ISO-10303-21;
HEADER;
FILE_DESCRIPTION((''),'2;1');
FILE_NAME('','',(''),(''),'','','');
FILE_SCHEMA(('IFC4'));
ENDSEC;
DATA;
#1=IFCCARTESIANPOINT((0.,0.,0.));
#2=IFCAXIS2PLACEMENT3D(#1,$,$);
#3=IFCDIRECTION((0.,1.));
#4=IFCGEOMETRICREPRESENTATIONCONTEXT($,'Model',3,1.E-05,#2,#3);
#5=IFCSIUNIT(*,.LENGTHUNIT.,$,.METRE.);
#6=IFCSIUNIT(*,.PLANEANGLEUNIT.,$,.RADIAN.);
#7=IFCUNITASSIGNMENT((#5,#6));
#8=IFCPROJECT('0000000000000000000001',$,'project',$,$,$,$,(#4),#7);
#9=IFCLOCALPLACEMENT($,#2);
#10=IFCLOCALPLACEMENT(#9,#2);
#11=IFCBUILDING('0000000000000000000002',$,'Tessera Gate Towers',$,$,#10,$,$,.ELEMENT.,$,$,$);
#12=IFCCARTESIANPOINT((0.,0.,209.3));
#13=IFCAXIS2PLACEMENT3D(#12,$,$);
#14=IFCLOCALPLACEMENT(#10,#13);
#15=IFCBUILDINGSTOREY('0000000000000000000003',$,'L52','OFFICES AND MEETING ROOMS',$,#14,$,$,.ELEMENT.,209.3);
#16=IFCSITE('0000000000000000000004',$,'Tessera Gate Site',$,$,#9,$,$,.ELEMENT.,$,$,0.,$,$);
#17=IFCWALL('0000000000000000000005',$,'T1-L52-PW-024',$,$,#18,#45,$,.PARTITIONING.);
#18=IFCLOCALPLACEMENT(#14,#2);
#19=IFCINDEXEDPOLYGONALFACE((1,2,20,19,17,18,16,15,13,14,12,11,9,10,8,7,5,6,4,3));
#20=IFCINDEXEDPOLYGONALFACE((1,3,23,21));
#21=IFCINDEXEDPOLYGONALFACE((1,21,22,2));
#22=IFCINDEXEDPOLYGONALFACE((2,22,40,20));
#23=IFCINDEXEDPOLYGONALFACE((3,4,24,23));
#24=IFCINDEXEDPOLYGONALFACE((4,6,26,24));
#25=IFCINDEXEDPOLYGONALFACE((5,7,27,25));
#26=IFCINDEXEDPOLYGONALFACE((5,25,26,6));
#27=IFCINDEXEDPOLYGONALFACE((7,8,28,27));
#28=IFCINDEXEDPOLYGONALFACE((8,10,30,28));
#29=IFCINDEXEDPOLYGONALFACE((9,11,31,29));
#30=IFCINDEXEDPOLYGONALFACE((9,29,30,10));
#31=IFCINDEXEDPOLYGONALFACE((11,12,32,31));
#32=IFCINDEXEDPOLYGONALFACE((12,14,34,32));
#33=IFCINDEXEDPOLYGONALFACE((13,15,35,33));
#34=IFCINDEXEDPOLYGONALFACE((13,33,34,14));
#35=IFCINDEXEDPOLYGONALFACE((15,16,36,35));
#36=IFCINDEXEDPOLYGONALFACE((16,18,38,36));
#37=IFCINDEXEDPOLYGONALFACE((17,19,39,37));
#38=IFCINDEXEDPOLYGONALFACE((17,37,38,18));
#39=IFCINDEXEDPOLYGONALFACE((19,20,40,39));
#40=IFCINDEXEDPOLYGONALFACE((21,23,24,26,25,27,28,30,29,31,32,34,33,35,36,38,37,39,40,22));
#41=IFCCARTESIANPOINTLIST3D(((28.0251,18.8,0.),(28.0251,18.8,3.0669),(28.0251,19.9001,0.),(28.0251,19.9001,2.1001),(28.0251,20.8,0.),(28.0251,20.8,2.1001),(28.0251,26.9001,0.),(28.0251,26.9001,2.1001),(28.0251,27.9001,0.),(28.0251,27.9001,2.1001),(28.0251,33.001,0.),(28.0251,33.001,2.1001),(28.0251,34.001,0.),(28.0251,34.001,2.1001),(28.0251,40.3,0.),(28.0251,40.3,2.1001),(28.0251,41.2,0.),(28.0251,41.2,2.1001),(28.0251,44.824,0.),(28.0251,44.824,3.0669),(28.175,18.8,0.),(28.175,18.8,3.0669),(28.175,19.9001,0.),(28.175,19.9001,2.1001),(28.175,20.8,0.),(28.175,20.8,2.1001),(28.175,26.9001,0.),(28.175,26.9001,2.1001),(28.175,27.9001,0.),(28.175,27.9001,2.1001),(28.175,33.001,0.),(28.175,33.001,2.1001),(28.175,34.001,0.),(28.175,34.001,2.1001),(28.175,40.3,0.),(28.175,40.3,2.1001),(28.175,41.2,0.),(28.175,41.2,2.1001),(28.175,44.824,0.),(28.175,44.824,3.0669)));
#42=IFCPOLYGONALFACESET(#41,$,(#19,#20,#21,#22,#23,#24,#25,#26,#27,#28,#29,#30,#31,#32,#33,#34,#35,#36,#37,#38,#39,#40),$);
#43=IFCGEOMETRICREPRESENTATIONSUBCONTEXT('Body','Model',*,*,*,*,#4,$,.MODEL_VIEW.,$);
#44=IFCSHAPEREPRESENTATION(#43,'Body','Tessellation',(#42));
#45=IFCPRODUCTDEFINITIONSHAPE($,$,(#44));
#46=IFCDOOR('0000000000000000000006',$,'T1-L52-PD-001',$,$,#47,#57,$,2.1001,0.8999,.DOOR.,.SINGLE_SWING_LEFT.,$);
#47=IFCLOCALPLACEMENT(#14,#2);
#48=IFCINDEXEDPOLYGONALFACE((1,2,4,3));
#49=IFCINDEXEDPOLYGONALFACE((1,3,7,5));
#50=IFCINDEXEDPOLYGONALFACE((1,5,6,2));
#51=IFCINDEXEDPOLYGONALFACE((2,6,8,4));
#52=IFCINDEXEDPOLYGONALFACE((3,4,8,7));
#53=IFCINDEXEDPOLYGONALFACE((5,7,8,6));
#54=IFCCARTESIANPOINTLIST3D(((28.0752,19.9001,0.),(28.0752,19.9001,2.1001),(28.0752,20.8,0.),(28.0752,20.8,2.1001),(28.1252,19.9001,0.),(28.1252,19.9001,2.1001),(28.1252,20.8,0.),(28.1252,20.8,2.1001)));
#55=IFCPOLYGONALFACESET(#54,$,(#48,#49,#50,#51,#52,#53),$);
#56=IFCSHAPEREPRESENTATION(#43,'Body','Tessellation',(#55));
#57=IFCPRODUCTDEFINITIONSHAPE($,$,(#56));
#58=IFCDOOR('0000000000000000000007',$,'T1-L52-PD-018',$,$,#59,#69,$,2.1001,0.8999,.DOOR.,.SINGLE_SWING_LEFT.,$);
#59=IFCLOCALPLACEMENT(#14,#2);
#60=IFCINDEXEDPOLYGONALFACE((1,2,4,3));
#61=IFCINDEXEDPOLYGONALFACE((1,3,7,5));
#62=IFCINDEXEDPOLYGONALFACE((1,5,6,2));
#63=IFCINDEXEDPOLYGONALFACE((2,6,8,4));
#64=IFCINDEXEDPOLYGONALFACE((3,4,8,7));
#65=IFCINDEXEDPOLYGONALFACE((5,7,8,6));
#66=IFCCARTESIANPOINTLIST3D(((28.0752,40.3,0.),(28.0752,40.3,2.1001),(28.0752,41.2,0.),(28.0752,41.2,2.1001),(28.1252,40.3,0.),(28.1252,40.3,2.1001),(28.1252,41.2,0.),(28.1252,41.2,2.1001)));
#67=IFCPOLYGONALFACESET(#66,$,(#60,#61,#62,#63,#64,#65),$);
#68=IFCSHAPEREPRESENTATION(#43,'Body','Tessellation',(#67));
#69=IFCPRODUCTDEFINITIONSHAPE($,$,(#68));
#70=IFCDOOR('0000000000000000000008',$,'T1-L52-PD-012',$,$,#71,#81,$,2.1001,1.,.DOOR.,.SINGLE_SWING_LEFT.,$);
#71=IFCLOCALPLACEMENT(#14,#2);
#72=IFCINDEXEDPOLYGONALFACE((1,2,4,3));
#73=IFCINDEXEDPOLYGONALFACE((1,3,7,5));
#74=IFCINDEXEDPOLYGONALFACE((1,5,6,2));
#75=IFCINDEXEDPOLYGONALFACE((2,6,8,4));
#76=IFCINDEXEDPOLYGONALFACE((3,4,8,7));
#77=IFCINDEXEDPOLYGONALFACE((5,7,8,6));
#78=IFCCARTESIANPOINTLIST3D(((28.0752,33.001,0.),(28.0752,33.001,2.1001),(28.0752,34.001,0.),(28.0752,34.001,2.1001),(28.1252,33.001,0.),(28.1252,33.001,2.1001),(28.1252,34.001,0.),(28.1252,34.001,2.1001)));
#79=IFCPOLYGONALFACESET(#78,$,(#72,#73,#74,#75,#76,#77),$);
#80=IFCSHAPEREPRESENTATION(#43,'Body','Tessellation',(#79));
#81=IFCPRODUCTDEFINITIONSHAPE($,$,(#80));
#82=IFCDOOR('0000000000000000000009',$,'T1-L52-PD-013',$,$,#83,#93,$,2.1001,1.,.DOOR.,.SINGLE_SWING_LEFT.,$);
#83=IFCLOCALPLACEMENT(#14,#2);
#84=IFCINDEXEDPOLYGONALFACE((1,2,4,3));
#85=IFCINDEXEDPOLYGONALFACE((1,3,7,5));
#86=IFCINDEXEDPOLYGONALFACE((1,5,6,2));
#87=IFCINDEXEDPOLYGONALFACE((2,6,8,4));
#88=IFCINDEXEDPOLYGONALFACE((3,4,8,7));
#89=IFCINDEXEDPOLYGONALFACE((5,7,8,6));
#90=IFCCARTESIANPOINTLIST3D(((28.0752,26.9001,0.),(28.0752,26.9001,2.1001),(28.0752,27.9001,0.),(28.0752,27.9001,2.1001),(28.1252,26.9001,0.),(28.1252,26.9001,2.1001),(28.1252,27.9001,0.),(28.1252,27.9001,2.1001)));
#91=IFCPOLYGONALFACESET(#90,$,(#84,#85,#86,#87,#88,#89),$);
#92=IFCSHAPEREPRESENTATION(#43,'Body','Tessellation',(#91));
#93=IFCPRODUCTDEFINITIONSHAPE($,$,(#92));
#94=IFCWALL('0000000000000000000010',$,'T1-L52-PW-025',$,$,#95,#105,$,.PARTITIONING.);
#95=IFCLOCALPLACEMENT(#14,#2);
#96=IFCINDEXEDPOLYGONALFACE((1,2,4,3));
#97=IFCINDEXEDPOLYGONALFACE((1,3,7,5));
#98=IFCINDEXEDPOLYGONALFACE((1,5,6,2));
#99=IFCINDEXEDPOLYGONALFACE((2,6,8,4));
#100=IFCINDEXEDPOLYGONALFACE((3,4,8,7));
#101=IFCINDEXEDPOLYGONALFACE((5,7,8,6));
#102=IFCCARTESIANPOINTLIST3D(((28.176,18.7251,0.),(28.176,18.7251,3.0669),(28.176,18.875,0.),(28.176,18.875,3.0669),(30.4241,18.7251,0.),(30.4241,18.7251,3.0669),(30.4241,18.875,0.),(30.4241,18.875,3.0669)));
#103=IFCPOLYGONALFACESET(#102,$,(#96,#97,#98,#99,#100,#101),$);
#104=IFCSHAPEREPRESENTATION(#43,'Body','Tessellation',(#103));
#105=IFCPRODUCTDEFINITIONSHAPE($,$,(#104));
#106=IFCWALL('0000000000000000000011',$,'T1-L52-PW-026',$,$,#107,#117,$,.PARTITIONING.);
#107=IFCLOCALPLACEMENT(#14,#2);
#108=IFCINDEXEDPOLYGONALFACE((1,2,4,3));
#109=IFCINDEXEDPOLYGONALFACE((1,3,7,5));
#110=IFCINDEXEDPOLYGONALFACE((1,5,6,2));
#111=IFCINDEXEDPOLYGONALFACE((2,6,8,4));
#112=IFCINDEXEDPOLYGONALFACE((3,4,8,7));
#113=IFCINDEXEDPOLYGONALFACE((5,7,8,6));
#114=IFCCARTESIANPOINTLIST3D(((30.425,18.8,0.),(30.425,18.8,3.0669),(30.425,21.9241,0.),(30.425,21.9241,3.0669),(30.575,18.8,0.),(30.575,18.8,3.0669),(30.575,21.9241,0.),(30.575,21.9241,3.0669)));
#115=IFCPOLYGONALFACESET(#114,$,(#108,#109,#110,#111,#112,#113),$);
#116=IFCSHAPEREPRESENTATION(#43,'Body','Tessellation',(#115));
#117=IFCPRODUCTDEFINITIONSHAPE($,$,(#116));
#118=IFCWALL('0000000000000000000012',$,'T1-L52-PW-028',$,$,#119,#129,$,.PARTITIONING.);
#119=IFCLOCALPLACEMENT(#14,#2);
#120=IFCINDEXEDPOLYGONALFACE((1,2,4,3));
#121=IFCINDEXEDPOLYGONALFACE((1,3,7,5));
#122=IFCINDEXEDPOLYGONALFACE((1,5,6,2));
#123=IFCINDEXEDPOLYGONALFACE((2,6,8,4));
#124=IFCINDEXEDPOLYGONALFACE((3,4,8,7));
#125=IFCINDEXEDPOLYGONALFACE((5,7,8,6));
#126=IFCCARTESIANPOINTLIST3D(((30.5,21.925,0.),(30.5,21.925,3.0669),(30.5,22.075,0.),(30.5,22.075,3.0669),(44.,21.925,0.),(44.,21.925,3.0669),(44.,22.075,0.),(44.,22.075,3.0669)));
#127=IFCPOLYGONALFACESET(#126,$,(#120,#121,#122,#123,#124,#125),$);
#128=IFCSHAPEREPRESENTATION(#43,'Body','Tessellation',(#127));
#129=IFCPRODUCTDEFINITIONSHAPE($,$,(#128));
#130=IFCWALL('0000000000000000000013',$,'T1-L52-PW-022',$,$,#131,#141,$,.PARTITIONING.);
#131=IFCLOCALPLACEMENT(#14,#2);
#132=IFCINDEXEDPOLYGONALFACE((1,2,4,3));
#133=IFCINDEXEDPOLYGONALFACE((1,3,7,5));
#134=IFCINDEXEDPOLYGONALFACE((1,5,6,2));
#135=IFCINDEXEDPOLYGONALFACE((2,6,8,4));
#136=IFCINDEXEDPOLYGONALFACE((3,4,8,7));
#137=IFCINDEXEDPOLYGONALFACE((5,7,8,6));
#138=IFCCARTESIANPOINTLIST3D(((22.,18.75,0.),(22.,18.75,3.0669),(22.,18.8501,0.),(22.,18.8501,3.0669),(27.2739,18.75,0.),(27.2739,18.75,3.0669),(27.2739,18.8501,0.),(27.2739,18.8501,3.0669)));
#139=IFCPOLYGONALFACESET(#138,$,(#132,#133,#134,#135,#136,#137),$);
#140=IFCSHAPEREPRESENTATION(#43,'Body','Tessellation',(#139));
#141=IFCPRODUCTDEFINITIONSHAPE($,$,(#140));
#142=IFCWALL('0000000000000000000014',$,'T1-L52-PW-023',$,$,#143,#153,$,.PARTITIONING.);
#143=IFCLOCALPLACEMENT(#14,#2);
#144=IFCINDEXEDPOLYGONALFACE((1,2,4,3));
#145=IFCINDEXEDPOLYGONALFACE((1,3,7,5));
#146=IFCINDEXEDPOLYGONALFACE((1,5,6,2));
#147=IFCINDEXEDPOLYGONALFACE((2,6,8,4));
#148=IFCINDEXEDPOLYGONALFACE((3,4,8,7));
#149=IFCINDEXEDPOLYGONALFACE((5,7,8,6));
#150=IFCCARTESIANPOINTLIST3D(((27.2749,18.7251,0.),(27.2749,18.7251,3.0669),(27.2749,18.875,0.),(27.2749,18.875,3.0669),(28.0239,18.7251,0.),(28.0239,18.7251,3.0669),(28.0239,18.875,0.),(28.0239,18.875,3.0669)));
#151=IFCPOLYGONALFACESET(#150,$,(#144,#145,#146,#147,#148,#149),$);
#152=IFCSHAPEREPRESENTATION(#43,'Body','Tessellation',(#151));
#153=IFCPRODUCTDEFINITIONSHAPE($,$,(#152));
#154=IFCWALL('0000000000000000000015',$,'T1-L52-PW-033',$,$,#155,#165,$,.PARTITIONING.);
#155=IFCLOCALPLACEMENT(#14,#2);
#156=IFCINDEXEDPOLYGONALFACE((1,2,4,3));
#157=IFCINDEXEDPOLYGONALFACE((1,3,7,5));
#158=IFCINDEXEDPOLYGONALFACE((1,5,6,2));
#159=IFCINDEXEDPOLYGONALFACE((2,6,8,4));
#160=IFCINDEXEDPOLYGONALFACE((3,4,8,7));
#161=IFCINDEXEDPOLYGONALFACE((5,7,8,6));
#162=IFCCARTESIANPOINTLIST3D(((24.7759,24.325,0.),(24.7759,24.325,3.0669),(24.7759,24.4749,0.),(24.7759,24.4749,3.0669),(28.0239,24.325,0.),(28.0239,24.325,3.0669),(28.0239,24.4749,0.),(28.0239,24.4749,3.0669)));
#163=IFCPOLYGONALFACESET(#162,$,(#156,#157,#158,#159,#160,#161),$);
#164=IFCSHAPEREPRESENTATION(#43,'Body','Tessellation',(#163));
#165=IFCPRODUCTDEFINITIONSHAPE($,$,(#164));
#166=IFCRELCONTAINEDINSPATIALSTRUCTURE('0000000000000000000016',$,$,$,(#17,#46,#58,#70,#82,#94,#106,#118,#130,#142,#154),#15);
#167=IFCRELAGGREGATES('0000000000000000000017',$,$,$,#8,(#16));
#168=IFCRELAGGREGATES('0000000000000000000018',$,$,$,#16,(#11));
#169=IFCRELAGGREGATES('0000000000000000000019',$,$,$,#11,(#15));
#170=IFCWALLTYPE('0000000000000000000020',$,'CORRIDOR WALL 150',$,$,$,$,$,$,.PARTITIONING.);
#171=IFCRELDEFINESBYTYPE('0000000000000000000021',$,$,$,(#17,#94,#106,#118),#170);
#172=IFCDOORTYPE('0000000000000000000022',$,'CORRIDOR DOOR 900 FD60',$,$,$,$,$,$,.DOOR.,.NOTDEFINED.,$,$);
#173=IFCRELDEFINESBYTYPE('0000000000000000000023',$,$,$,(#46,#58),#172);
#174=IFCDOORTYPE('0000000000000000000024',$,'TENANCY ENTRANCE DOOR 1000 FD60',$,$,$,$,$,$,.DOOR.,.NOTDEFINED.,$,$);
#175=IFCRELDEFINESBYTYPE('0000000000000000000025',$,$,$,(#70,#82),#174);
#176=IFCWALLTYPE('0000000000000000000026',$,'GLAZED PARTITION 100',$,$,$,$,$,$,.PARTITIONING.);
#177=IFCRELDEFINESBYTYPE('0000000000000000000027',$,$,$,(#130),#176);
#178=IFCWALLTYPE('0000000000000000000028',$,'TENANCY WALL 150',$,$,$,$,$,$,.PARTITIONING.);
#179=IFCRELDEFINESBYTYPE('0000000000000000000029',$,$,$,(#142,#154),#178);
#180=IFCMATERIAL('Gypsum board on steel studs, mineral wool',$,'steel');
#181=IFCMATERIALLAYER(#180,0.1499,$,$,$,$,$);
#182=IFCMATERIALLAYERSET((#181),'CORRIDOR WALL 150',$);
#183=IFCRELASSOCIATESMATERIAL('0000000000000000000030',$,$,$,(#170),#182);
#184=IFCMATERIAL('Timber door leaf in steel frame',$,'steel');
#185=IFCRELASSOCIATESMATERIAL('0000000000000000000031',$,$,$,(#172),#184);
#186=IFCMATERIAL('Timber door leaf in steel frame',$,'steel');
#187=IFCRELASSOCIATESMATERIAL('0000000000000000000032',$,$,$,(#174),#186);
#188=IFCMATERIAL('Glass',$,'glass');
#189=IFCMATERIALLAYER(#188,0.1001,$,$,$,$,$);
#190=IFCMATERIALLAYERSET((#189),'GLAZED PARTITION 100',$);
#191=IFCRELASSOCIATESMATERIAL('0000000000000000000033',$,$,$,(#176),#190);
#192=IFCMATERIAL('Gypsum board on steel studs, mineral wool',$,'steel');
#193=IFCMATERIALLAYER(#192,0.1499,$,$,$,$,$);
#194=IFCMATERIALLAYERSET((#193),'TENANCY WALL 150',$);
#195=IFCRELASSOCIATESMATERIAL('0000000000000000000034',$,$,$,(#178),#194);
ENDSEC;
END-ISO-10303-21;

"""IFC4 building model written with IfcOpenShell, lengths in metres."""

from ifc_helpers import new_model, si_unit, direction, frame, frame_2d, origin, place, context, subcontext, project, spatial, rectangle, extrude, source, transform, mapped, material, layer, layer_set, type_object, element, fill, save


model = new_model("IFC4")

# Units and contexts
model_context = context("Model", 3, precision=1e-05, world=origin(), true_north=direction((0.0, 1.0)))
body_context = subcontext(model_context, "Body", "Model", "MODEL_VIEW")
ifc_project = project(units=[si_unit("LENGTHUNIT", "METRE"), si_unit("PLANEANGLEUNIT", "RADIAN")], contexts=[model_context])

# Site, building, storey
site_placement = place(None, origin())
site = spatial("IfcSite", under=ifc_project, at=site_placement, Name="Tessera Gate Site", CompositionType="ELEMENT", RefElevation=0.0)
building_placement = place(site_placement, origin())
building = spatial("IfcBuilding", under=site, at=building_placement, Name="Tessera Gate Towers", CompositionType="ELEMENT")
storey_placement = place(building_placement, frame((0.0, 0.0, 209.3)))
storey = spatial("IfcBuildingStorey", under=building, at=storey_placement, Name="L52", Description="OFFICES AND MEETING ROOMS", CompositionType="ELEMENT", Elevation=209.3)

# Wall, openings, doors
ifc_material_1 = material(Name="Gypsum board on steel studs, mineral wool", Category="steel")
ifc_layer_1 = layer(ifc_material_1, 0.1499)
ifc_layer_set_1 = layer_set([ifc_layer_1], Name="CORRIDOR WALL 150")
wall_type_1 = type_object("IfcWallType", Name="CORRIDOR WALL 150", PredefinedType="PARTITIONING", material=ifc_layer_set_1)
wall_1_placement = place(storey_placement, frame((28.1001, 18.8, 0.0), z_axis=(0.0, 0.0, 1.0), x_axis=(0.0, 1.0, 0.0)))
wall_1 = element("IfcWall", 1, at=wall_1_placement, inside=storey, type_object=wall_type_1, Name="T1-L52-PW-024", PredefinedType="PARTITIONING", context=body_context, shape_type="SweptSolid", body=[
    extrude(rectangle(XDim=26.0239, YDim=0.1499, at=frame_2d((13.012, 0.0))), origin(), (0.0, 0.0, 1.0), 3.0669),
])
shared_shape_1 = source(origin(), body_context, "Body", "SweptSolid", [
    extrude(rectangle(XDim=0.8999, YDim=2.1001, at=frame_2d((0.45, 1.05))), frame((0.0, 0.085, 0.0), z_axis=(0.0, -1.0, 0.0), x_axis=(1.0, 0.0, 0.0)), (0.0, 0.0, 1.0), 0.1699),
])
opening_1_placement = place(wall_1_placement, frame((1.1001, 0.0, 0.0)))
opening_1 = element("IfcOpeningElement", 2, at=opening_1_placement, cuts=wall_1, PredefinedType="OPENING", context=body_context, shape_type="MappedRepresentation", body=[
    mapped(shared_shape_1, transform((0.0, 0.0, 0.0), scale=1.0)),
])
shared_shape_2 = source(origin(), body_context, "Body", "SweptSolid", [
    extrude(rectangle(XDim=1.0, YDim=2.1001, at=frame_2d((0.5, 1.05))), frame((0.0, 0.085, 0.0), z_axis=(0.0, -1.0, 0.0), x_axis=(1.0, 0.0, 0.0)), (0.0, 0.0, 1.0), 0.1699),
])
opening_2_placement = place(wall_1_placement, frame((14.2009, 0.0, 0.0)))
opening_2 = element("IfcOpeningElement", 3, at=opening_2_placement, cuts=wall_1, PredefinedType="OPENING", context=body_context, shape_type="MappedRepresentation", body=[
    mapped(shared_shape_2, transform((0.0, 0.0, 0.0), scale=1.0)),
])
opening_3_placement = place(wall_1_placement, frame((8.1001, 0.0, 0.0)))
opening_3 = element("IfcOpeningElement", 4, at=opening_3_placement, cuts=wall_1, PredefinedType="OPENING", context=body_context, shape_type="MappedRepresentation", body=[
    mapped(shared_shape_2, transform((0.0, 0.0, 0.0), scale=1.0)),
])
opening_4_placement = place(wall_1_placement, frame((21.5, 0.0, 0.0)))
opening_4 = element("IfcOpeningElement", 5, at=opening_4_placement, cuts=wall_1, PredefinedType="OPENING", context=body_context, shape_type="MappedRepresentation", body=[
    mapped(shared_shape_1, transform((0.0, 0.0, 0.0), scale=1.0)),
])
ifc_material_2 = material(Name="Timber door leaf in steel frame", Category="steel")
door_type_1 = type_object("IfcDoorType", Name="CORRIDOR DOOR 900 FD60", OperationType="NOTDEFINED", PredefinedType="DOOR", material=ifc_material_2)
shared_shape_3 = source(origin(), body_context, "Body", "SweptSolid", [
    extrude(rectangle(XDim=0.8999, YDim=2.1001, at=frame_2d((0.45, 1.05))), frame((0.0, 0.0249, 0.0), z_axis=(0.0, -1.0, 0.0), x_axis=(1.0, 0.0, 0.0)), (0.0, 0.0, 1.0), 0.05),
])
door_1_placement = place(opening_1_placement, origin())
door_1 = element("IfcDoor", 6, at=door_1_placement, inside=storey, type_object=door_type_1, Name="T1-L52-PD-001", OperationType="SINGLE_SWING_LEFT", OverallHeight=2.1001, OverallWidth=0.8999, PredefinedType="DOOR", context=body_context, shape_type="MappedRepresentation", body=[
    mapped(shared_shape_3, transform((0.0, 0.0, 0.0), scale=1.0)),
])
fill(opening_1, door_1)
door_2_placement = place(opening_4_placement, origin())
door_2 = element("IfcDoor", 7, at=door_2_placement, inside=storey, type_object=door_type_1, Name="T1-L52-PD-018", OperationType="SINGLE_SWING_LEFT", OverallHeight=2.1001, OverallWidth=0.8999, PredefinedType="DOOR", context=body_context, shape_type="MappedRepresentation", body=[
    mapped(shared_shape_3, transform((0.0, 0.0, 0.0), scale=1.0)),
])
fill(opening_4, door_2)
ifc_material_3 = material(Name="Timber door leaf in steel frame", Category="steel")
door_type_2 = type_object("IfcDoorType", Name="TENANCY ENTRANCE DOOR 1000 FD60", OperationType="NOTDEFINED", PredefinedType="DOOR", material=ifc_material_3)
shared_shape_4 = source(origin(), body_context, "Body", "SweptSolid", [
    extrude(rectangle(XDim=1.0, YDim=2.1001, at=frame_2d((0.5, 1.05))), frame((0.0, 0.0249, 0.0), z_axis=(0.0, -1.0, 0.0), x_axis=(1.0, 0.0, 0.0)), (0.0, 0.0, 1.0), 0.05),
])
door_3_placement = place(opening_2_placement, origin())
door_3 = element("IfcDoor", 8, at=door_3_placement, inside=storey, type_object=door_type_2, Name="T1-L52-PD-012", OperationType="SINGLE_SWING_LEFT", OverallHeight=2.1001, OverallWidth=1.0, PredefinedType="DOOR", context=body_context, shape_type="MappedRepresentation", body=[
    mapped(shared_shape_4, transform((0.0, 0.0, 0.0), scale=1.0)),
])
fill(opening_2, door_3)
door_4_placement = place(opening_3_placement, origin())
door_4 = element("IfcDoor", 9, at=door_4_placement, inside=storey, type_object=door_type_2, Name="T1-L52-PD-013", OperationType="SINGLE_SWING_LEFT", OverallHeight=2.1001, OverallWidth=1.0, PredefinedType="DOOR", context=body_context, shape_type="MappedRepresentation", body=[
    mapped(shared_shape_4, transform((0.0, 0.0, 0.0), scale=1.0)),
])
fill(opening_3, door_4)

# Walls
wall_2_placement = place(storey_placement, frame((28.176, 18.8, 0.0), z_axis=(0.0, 0.0, 1.0), x_axis=(1.0, 0.0, 0.0)))
element("IfcWall", 10, at=wall_2_placement, inside=storey, type_object=wall_type_1, Name="T1-L52-PW-025", PredefinedType="PARTITIONING", context=body_context, shape_type="SweptSolid", body=[
    extrude(rectangle(XDim=2.248, YDim=0.1499, at=frame_2d((1.124, 0.0))), origin(), (0.0, 0.0, 1.0), 3.0669),
])
wall_3_placement = place(storey_placement, frame((30.5, 18.8, 0.0), z_axis=(0.0, 0.0, 1.0), x_axis=(0.0, 1.0, 0.0)))
element("IfcWall", 11, at=wall_3_placement, inside=storey, type_object=wall_type_1, Name="T1-L52-PW-026", PredefinedType="PARTITIONING", context=body_context, shape_type="SweptSolid", body=[
    extrude(rectangle(XDim=3.124, YDim=0.1499, at=frame_2d((1.562, 0.0))), origin(), (0.0, 0.0, 1.0), 3.0669),
])
wall_4_placement = place(storey_placement, frame((30.5, 22.0, 0.0), z_axis=(0.0, 0.0, 1.0), x_axis=(1.0, 0.0, 0.0)))
element("IfcWall", 12, at=wall_4_placement, inside=storey, type_object=wall_type_1, Name="T1-L52-PW-028", PredefinedType="PARTITIONING", context=body_context, shape_type="SweptSolid", body=[
    extrude(rectangle(XDim=13.5, YDim=0.1499, at=frame_2d((6.75, 0.0))), origin(), (0.0, 0.0, 1.0), 3.0669),
])
ifc_material_4 = material(Name="Glass", Category="glass")
ifc_layer_2 = layer(ifc_material_4, 0.1001)
ifc_layer_set_2 = layer_set([ifc_layer_2], Name="GLAZED PARTITION 100")
wall_type_2 = type_object("IfcWallType", Name="GLAZED PARTITION 100", PredefinedType="PARTITIONING", material=ifc_layer_set_2)
wall_5_placement = place(storey_placement, frame((22.0, 18.8, 0.0), z_axis=(0.0, 0.0, 1.0), x_axis=(1.0, 0.0, 0.0)))
element("IfcWall", 13, at=wall_5_placement, inside=storey, type_object=wall_type_2, Name="T1-L52-PW-022", PredefinedType="PARTITIONING", context=body_context, shape_type="SweptSolid", body=[
    extrude(rectangle(XDim=5.2739, YDim=0.1001, at=frame_2d((2.637, 0.0))), origin(), (0.0, 0.0, 1.0), 3.0669),
])
ifc_material_5 = material(Name="Gypsum board on steel studs, mineral wool", Category="steel")
ifc_layer_3 = layer(ifc_material_5, 0.1499)
ifc_layer_set_3 = layer_set([ifc_layer_3], Name="TENANCY WALL 150")
wall_type_3 = type_object("IfcWallType", Name="TENANCY WALL 150", PredefinedType="PARTITIONING", material=ifc_layer_set_3)
wall_6_placement = place(storey_placement, frame((27.2749, 18.8, 0.0), z_axis=(0.0, 0.0, 1.0), x_axis=(1.0, 0.0, 0.0)))
element("IfcWall", 14, at=wall_6_placement, inside=storey, type_object=wall_type_3, Name="T1-L52-PW-023", PredefinedType="PARTITIONING", context=body_context, shape_type="SweptSolid", body=[
    extrude(rectangle(XDim=0.749, YDim=0.1499, at=frame_2d((0.3745, 0.0))), origin(), (0.0, 0.0, 1.0), 3.0669),
])
wall_7_placement = place(storey_placement, frame((24.7759, 24.3999, 0.0), z_axis=(0.0, 0.0, 1.0), x_axis=(1.0, 0.0, 0.0)))
element("IfcWall", 15, at=wall_7_placement, inside=storey, type_object=wall_type_3, Name="T1-L52-PW-033", PredefinedType="PARTITIONING", context=body_context, shape_type="SweptSolid", body=[
    extrude(rectangle(XDim=3.248, YDim=0.1499, at=frame_2d((1.624, 0.0))), origin(), (0.0, 0.0, 1.0), 3.0669),
])

save(model, "model.ifc")
